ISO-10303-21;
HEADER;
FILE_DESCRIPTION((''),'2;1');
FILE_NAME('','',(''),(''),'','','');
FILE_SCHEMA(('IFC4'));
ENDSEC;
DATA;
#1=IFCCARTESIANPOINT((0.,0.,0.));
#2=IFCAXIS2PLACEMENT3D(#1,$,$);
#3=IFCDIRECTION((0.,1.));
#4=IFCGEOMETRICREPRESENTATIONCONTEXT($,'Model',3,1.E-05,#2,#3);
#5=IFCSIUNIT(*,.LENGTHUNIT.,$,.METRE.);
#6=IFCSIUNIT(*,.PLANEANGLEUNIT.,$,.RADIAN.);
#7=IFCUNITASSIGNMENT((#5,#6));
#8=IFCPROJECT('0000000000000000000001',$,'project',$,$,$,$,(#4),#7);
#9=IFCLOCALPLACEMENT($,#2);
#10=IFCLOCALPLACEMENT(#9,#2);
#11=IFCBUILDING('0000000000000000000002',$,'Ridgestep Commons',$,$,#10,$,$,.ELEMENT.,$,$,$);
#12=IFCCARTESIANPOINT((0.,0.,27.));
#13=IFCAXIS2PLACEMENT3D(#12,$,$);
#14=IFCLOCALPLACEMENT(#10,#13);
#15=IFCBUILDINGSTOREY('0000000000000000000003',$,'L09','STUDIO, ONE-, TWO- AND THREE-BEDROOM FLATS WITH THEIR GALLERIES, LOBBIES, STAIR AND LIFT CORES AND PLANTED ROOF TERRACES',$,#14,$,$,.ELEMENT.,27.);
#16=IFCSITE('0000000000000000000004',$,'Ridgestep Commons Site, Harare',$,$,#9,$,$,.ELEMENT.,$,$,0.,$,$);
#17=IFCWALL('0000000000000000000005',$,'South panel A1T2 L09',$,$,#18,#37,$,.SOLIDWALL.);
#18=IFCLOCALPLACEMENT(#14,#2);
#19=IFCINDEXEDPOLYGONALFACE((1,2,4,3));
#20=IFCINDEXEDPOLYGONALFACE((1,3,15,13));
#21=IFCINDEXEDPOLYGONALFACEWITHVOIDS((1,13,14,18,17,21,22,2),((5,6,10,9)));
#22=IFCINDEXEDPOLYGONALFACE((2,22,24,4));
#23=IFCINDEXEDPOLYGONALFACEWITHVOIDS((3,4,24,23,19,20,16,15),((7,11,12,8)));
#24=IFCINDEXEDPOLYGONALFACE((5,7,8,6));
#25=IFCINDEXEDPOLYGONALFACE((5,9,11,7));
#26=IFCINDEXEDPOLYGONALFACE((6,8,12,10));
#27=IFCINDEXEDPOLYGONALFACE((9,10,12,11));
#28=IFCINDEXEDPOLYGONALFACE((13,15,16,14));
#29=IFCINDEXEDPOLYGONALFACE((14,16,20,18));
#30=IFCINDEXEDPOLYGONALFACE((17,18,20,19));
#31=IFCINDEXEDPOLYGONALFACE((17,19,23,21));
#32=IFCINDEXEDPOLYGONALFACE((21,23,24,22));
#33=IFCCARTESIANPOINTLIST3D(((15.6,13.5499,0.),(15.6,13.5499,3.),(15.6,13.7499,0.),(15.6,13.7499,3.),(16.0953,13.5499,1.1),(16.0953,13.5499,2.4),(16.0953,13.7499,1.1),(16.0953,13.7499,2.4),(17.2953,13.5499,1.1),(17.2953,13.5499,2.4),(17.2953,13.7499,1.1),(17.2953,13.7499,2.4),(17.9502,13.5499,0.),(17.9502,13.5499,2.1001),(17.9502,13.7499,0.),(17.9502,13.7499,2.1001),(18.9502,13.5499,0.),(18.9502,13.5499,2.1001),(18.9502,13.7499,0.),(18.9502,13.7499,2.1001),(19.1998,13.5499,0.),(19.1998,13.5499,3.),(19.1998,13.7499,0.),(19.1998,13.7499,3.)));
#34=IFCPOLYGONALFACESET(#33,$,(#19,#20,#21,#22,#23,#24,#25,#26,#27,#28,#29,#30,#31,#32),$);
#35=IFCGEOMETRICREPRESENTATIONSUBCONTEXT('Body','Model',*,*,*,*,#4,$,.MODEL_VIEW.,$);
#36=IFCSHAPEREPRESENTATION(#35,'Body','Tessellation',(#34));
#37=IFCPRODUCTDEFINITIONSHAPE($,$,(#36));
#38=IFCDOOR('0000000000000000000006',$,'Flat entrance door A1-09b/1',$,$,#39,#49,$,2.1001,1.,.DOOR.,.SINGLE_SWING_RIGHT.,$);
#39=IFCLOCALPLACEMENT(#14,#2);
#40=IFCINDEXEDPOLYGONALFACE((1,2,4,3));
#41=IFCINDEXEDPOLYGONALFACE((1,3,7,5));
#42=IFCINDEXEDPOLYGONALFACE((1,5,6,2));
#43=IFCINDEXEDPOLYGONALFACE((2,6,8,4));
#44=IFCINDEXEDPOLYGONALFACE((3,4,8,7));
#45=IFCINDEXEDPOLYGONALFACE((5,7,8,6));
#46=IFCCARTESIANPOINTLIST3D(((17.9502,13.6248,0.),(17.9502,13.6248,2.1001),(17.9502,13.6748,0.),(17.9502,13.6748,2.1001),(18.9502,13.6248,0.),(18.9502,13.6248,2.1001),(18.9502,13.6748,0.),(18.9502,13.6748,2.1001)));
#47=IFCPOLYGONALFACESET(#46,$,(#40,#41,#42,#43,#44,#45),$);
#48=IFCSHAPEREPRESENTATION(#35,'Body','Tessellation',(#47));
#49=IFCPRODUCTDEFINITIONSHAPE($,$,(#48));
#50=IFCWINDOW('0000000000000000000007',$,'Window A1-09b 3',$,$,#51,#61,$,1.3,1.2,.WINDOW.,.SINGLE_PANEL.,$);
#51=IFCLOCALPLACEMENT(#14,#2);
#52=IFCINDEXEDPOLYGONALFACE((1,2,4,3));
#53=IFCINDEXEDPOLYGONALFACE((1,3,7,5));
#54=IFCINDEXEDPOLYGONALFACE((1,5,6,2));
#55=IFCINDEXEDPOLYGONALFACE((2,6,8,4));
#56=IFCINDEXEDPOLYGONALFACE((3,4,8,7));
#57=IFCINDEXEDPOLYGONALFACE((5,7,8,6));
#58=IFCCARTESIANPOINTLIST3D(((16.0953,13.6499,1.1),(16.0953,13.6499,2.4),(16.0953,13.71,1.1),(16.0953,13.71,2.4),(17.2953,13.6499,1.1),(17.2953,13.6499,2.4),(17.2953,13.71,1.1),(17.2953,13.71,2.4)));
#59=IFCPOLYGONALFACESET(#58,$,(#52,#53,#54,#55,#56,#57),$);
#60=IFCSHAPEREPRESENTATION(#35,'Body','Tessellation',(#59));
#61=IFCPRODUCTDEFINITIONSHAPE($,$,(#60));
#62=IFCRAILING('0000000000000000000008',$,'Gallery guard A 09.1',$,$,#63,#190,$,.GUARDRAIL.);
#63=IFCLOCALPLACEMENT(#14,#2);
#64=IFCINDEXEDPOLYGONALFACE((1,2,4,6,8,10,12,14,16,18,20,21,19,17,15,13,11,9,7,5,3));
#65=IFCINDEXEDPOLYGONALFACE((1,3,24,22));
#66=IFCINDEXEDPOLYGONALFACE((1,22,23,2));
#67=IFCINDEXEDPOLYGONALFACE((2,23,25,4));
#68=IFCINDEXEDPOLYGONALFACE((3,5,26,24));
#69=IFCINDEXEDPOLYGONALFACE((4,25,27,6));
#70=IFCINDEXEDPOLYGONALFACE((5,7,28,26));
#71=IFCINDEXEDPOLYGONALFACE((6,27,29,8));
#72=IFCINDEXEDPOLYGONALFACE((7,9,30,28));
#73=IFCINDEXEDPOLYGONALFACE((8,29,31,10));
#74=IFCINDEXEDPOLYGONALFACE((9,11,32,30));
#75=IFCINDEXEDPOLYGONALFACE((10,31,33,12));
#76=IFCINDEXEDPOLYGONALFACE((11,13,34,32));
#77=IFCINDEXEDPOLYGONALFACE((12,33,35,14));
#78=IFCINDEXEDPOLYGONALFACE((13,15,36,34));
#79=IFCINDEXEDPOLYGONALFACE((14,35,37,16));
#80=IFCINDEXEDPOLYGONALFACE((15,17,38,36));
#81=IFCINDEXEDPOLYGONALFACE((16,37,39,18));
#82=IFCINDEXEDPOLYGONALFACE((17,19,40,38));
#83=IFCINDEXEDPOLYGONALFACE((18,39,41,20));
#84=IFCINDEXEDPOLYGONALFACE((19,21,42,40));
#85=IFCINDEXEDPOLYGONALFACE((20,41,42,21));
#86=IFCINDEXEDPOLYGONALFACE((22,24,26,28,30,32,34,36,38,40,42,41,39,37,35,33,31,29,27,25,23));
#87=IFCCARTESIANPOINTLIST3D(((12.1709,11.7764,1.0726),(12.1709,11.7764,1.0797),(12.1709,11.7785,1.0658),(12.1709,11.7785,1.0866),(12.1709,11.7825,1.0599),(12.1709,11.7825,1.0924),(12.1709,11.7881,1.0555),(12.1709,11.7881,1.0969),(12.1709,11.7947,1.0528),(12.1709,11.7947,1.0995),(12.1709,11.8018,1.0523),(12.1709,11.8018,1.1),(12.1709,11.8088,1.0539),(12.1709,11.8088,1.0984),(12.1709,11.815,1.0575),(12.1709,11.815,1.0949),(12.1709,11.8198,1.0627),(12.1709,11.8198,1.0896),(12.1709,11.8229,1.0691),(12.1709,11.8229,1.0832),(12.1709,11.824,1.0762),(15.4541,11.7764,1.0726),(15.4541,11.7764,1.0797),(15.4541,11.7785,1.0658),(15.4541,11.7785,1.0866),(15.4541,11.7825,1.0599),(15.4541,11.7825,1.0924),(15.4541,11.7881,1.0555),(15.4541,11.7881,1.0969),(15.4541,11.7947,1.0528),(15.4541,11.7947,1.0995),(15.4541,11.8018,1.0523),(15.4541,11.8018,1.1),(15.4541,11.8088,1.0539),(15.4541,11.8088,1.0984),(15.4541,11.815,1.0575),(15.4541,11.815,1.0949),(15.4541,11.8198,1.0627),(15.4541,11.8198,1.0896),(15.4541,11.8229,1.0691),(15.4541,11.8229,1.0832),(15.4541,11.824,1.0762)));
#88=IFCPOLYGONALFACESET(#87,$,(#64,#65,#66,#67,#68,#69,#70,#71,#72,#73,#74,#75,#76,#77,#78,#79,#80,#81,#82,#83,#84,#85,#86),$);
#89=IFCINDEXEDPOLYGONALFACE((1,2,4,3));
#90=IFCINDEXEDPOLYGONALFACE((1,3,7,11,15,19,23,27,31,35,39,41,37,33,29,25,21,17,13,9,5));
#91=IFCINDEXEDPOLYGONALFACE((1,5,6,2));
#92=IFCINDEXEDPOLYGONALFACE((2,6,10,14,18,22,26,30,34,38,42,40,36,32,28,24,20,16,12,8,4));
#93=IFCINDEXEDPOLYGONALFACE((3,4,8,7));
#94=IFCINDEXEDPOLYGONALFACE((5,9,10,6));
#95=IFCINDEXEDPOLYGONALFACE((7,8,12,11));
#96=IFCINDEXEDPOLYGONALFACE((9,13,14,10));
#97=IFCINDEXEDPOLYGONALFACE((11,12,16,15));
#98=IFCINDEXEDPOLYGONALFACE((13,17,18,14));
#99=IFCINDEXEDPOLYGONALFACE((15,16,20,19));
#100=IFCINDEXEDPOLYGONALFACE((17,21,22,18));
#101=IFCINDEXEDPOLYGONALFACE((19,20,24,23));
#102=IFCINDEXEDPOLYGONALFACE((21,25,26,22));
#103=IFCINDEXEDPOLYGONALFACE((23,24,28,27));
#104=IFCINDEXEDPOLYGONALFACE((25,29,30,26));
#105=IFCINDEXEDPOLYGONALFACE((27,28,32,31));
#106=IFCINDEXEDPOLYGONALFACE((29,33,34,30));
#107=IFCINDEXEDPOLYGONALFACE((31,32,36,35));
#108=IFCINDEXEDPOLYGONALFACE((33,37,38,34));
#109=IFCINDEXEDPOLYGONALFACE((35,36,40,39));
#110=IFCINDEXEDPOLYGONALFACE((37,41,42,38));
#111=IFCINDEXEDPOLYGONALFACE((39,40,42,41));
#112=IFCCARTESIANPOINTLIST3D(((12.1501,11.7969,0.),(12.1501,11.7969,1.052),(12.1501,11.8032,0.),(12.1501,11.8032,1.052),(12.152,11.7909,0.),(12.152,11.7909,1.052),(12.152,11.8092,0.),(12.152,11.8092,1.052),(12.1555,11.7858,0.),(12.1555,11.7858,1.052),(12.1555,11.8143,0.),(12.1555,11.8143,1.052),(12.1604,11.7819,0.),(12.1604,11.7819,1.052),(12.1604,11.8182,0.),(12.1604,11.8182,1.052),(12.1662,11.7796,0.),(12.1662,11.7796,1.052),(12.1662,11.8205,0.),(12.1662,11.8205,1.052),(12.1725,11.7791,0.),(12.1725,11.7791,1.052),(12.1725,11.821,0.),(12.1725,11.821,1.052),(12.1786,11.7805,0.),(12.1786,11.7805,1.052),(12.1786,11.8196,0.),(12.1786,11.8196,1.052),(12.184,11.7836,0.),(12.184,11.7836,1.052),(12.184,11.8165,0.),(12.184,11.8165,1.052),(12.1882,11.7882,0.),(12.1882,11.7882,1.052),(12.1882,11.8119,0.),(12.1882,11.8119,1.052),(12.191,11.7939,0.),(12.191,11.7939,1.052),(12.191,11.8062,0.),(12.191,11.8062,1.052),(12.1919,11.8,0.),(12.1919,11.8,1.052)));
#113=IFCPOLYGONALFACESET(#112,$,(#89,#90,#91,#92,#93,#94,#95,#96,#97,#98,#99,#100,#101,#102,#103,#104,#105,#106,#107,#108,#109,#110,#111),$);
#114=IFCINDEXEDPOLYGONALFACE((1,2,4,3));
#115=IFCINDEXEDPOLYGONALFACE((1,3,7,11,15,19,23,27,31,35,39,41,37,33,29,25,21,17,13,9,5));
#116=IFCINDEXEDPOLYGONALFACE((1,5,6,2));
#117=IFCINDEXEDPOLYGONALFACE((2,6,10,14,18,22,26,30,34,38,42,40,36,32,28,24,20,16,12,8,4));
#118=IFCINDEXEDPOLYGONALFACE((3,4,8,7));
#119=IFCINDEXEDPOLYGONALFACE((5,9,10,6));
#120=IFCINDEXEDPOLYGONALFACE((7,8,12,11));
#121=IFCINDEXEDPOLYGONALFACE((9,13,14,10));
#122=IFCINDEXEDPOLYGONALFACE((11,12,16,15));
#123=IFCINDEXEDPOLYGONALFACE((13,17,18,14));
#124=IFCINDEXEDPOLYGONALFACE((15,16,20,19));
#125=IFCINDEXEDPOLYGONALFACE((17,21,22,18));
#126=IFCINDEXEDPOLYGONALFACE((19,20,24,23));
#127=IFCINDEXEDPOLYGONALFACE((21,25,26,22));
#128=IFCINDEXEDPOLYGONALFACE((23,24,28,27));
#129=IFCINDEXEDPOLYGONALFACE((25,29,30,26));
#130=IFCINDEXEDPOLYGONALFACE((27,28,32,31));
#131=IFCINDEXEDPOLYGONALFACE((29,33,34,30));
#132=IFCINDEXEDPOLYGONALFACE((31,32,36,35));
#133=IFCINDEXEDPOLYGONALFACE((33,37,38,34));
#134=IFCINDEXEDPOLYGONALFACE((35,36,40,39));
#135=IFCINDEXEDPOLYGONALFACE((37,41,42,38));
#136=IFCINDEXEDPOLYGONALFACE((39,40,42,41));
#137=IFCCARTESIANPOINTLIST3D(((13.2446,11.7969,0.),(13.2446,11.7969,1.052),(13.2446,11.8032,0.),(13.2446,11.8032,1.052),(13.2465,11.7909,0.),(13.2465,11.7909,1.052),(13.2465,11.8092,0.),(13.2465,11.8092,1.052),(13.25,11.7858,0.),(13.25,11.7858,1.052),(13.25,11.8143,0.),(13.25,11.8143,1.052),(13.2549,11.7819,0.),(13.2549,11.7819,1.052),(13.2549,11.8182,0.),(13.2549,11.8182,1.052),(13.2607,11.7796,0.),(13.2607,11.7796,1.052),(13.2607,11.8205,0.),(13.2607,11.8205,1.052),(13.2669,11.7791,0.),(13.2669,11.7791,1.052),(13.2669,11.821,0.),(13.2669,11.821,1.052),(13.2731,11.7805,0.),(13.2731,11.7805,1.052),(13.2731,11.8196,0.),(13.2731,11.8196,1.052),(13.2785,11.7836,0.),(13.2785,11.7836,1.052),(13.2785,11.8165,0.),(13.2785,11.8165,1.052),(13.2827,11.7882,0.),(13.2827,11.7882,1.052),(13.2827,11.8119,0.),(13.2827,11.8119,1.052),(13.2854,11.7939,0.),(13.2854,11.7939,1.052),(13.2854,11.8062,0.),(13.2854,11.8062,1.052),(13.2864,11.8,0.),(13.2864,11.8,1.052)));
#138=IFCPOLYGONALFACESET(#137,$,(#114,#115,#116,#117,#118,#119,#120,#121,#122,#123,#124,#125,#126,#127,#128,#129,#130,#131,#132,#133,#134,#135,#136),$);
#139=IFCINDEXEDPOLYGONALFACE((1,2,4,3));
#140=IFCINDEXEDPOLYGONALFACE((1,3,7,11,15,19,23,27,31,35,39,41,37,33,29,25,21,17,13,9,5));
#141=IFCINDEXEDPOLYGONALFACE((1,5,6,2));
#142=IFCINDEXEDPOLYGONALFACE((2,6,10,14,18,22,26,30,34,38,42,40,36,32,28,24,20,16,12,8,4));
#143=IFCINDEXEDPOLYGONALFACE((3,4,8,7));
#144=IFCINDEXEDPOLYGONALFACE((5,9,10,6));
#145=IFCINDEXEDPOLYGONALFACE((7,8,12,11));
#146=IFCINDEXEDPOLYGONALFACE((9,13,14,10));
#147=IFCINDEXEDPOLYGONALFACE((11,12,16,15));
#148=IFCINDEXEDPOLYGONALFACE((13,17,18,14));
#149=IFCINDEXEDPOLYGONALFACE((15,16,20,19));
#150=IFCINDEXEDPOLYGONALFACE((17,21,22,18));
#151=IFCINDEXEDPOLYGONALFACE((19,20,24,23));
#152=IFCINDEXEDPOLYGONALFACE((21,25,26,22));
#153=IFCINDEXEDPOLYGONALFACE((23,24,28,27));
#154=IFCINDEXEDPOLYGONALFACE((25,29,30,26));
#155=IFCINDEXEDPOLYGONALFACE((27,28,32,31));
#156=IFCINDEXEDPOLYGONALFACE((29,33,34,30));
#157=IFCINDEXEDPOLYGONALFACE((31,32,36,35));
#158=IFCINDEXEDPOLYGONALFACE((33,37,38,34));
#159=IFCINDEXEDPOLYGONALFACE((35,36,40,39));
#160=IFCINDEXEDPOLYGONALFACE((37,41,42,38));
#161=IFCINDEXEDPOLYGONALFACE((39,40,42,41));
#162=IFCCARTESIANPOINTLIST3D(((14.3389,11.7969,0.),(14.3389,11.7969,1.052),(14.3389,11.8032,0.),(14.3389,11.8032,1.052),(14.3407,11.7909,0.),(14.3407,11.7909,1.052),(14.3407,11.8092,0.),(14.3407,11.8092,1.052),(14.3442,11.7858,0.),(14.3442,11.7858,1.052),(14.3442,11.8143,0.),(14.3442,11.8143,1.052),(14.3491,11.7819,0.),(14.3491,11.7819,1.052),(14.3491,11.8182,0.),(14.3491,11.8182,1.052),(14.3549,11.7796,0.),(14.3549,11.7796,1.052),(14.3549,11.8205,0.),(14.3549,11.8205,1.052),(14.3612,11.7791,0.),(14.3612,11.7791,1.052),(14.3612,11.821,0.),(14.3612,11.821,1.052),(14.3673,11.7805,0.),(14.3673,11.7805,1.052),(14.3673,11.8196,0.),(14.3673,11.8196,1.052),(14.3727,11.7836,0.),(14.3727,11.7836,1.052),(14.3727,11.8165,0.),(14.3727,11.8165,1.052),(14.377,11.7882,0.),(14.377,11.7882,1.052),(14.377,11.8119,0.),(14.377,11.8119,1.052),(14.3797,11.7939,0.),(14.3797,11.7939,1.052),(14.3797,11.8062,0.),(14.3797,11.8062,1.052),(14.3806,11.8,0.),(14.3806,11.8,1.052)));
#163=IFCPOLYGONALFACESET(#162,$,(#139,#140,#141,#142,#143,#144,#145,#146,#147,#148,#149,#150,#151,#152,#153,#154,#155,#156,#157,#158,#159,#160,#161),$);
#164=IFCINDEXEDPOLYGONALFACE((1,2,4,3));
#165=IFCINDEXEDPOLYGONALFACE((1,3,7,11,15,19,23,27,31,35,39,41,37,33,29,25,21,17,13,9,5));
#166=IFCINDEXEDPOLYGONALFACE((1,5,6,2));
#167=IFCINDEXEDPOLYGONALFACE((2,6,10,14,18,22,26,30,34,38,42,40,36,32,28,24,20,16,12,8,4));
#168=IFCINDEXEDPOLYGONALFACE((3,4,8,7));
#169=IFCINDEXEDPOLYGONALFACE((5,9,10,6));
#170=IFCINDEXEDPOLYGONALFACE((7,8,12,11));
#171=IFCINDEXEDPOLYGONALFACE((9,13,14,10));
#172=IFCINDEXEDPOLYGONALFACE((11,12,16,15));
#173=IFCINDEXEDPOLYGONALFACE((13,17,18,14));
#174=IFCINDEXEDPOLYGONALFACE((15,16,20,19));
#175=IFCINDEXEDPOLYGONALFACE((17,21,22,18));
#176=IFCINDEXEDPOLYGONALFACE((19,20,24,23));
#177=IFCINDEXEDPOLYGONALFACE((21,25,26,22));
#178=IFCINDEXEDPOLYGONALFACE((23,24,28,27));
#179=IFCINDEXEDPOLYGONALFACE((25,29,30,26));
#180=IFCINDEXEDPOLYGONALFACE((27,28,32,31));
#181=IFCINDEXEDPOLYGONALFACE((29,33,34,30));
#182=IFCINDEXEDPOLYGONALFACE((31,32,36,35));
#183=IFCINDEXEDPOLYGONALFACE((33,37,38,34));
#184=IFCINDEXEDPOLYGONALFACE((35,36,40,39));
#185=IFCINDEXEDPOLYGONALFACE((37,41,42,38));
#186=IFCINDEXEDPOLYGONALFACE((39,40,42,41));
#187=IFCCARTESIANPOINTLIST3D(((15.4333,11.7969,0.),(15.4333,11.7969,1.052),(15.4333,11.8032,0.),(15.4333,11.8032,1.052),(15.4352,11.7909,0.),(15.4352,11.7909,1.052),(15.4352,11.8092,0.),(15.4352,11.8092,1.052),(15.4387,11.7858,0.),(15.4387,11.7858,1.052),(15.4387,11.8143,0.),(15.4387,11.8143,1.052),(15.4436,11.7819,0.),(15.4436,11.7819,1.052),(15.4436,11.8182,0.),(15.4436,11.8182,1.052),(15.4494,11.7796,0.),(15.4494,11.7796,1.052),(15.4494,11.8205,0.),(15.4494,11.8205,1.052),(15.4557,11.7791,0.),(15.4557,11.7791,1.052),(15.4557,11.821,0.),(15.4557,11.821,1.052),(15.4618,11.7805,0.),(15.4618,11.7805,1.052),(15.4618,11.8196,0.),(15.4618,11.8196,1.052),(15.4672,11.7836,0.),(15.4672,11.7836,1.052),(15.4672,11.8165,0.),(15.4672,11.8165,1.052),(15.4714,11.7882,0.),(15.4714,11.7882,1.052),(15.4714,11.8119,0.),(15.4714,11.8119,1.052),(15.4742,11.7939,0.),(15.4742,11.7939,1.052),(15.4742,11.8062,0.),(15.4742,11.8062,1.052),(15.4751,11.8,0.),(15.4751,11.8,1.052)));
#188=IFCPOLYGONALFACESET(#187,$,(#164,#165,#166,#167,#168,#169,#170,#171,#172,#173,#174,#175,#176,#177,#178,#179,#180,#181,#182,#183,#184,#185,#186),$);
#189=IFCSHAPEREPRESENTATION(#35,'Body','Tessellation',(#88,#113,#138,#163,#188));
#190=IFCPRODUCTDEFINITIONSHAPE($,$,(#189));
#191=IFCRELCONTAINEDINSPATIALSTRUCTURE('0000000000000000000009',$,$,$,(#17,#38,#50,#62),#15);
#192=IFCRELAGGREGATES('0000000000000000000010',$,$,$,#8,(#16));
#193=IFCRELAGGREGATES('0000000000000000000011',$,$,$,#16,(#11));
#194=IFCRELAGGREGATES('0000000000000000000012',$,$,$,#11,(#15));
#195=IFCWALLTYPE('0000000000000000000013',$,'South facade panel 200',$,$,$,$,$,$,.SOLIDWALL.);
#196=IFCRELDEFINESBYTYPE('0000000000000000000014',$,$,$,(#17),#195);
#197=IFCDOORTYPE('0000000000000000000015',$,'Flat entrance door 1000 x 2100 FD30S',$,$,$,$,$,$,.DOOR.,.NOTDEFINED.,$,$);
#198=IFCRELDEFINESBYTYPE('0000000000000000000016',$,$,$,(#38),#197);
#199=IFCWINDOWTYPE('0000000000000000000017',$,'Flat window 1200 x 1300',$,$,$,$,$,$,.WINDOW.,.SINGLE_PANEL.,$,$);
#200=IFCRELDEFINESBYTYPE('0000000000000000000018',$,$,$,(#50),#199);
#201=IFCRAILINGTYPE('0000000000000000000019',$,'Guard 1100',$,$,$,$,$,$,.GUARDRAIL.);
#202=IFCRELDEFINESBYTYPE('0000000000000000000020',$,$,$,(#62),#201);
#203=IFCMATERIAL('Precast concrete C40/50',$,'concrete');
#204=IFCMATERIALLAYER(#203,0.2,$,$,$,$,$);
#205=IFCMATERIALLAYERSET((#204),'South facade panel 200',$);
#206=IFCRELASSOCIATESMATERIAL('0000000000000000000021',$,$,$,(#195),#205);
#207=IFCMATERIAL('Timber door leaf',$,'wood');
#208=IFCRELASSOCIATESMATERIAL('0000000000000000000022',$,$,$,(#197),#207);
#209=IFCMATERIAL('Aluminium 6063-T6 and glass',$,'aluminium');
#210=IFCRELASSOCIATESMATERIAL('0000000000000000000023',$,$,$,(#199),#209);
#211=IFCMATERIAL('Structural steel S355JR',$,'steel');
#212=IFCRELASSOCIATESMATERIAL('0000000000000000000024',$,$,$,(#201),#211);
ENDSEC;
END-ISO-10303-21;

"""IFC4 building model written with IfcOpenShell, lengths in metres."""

from ifc_helpers import new_model, si_unit, direction, frame, frame_2d, origin, origin_2d, place, context, subcontext, project, spatial, rectangle, circle, extrude, material, layer, layer_set, type_object, element, fill, save


model = new_model("IFC4")

# Units and contexts
model_context = context("Model", 3, precision=1e-05, world=origin(), true_north=direction((0.0, 1.0)))
body_context = subcontext(model_context, "Body", "Model", "MODEL_VIEW")
ifc_project = project(units=[si_unit("LENGTHUNIT", "METRE"), si_unit("PLANEANGLEUNIT", "RADIAN")], contexts=[model_context])

# Site, building, storey
site_placement = place(None, origin())
site = spatial("IfcSite", under=ifc_project, at=site_placement, Name="Ridgestep Commons Site, Harare", CompositionType="ELEMENT", RefElevation=0.0)
building_placement = place(site_placement, origin())
building = spatial("IfcBuilding", under=site, at=building_placement, Name="Ridgestep Commons", CompositionType="ELEMENT")
storey_placement = place(building_placement, frame((0.0, 0.0, 27.0)))
storey = spatial("IfcBuildingStorey", under=building, at=storey_placement, Name="L09", Description="STUDIO, ONE-, TWO- AND THREE-BEDROOM FLATS WITH THEIR GALLERIES, LOBBIES, STAIR AND LIFT CORES AND PLANTED ROOF TERRACES", CompositionType="ELEMENT", Elevation=27.0)

# Wall, openings, door, window
ifc_material_1 = material(Name="Precast concrete C40/50", Category="concrete")
ifc_layer_1 = layer(ifc_material_1, 0.2)
ifc_layer_set_1 = layer_set([ifc_layer_1], Name="South facade panel 200")
wall_type_1 = type_object("IfcWallType", Name="South facade panel 200", PredefinedType="SOLIDWALL", material=ifc_layer_set_1)
wall_1_placement = place(storey_placement, frame((15.6001, 13.6499, 0.0), z_axis=(0.0, 0.0, 1.0), x_axis=(1.0, 0.0, 0.0)))
wall_1 = element("IfcWall", 1, at=wall_1_placement, inside=storey, type_object=wall_type_1, Name="South panel A1T2 L09", PredefinedType="SOLIDWALL", context=body_context, shape_type="SweptSolid", body=[
    extrude(rectangle(XDim=3.5999, YDim=0.2, at=frame_2d((1.7998, 0.0))), origin(), (0.0, 0.0, 1.0), 3.0),
])
opening_1_placement = place(wall_1_placement, frame((0.4951, 0.0, 1.1001)))
opening_1 = element("IfcOpeningElement", 2, at=opening_1_placement, cuts=wall_1, PredefinedType="OPENING", context=body_context, shape_type="SweptSolid", body=[
    extrude(rectangle(XDim=1.2, YDim=1.3, at=frame_2d((0.6001, 0.6499))), frame((0.0, 0.1099, 0.0), z_axis=(0.0, -1.0, 0.0), x_axis=(1.0, 0.0, 0.0)), (0.0, 0.0, 1.0), 0.22),
])
opening_2_placement = place(wall_1_placement, frame((2.3501, 0.0, 0.0)))
opening_2 = element("IfcOpeningElement", 3, at=opening_2_placement, cuts=wall_1, PredefinedType="OPENING", context=body_context, shape_type="SweptSolid", body=[
    extrude(rectangle(XDim=1.0, YDim=2.1001, at=frame_2d((0.5, 1.05))), frame((0.0, 0.1099, 0.0), z_axis=(0.0, -1.0, 0.0), x_axis=(1.0, 0.0, 0.0)), (0.0, 0.0, 1.0), 0.22),
])
ifc_material_2 = material(Name="Timber door leaf", Category="wood")
door_type_1 = type_object("IfcDoorType", Name="Flat entrance door 1000 x 2100 FD30S", OperationType="NOTDEFINED", PredefinedType="DOOR", material=ifc_material_2)
door_1_placement = place(opening_2_placement, origin())
door_1 = element("IfcDoor", 4, at=door_1_placement, inside=storey, type_object=door_type_1, Name="Flat entrance door A1-09b/1", OperationType="SINGLE_SWING_RIGHT", OverallHeight=2.1001, OverallWidth=1.0, PredefinedType="DOOR", context=body_context, shape_type="SweptSolid", body=[
    extrude(rectangle(XDim=1.0, YDim=2.1001, at=frame_2d((0.5, 1.05))), frame((0.0, 0.0249, 0.0), z_axis=(0.0, -1.0, 0.0), x_axis=(1.0, 0.0, 0.0)), (0.0, 0.0, 1.0), 0.05),
])
fill(opening_2, door_1)
ifc_material_3 = material(Name="Aluminium 6063-T6 and glass", Category="aluminium")
window_type = type_object("IfcWindowType", Name="Flat window 1200 x 1300", PartitioningType="SINGLE_PANEL", PredefinedType="WINDOW", material=ifc_material_3)
window_placement = place(opening_1_placement, origin())
window = element("IfcWindow", 5, at=window_placement, inside=storey, type_object=window_type, Name="Window A1-09b 3", OverallHeight=1.3, OverallWidth=1.2, PartitioningType="SINGLE_PANEL", PredefinedType="WINDOW", context=body_context, shape_type="SweptSolid", body=[
    extrude(rectangle(XDim=1.2, YDim=1.3, at=frame_2d((0.6001, 0.6499))), frame((0.0, 0.0601, 0.0), z_axis=(0.0, -1.0, 0.0), x_axis=(1.0, 0.0, 0.0)), (0.0, 0.0, 1.0), 0.0601),
])
fill(opening_1, window)

# Railing
ifc_material_4 = material(Name="Structural steel S355JR", Category="steel")
railing_type = type_object("IfcRailingType", Name="Guard 1100", PredefinedType="GUARDRAIL", material=ifc_material_4)
railing_placement = place(storey_placement, frame((12.1709, 11.8, 0.0)))
element("IfcRailing", 6, at=railing_placement, inside=storey, type_object=railing_type, Name="Gallery guard A 09.1", PredefinedType="GUARDRAIL", context=body_context, shape_type="SweptSolid", body=[
    extrude(circle(Radius=0.0239, at=origin_2d()), frame((0.0, 0.0, 1.0762), z_axis=(1.0, 0.0, 0.0), x_axis=(0.0, 1.0, 0.0)), (0.0, 0.0, 1.0), 3.2832),
    extrude(circle(Radius=0.021, at=origin_2d()), origin(), (0.0, 0.0, 1.0), 1.052),
    extrude(circle(Radius=0.021, at=origin_2d()), frame((1.0945, 0.0, 0.0)), (0.0, 0.0, 1.0), 1.052),
    extrude(circle(Radius=0.021, at=origin_2d()), frame((2.1887, 0.0, 0.0)), (0.0, 0.0, 1.0), 1.052),
    extrude(circle(Radius=0.021, at=origin_2d()), frame((3.2832, 0.0, 0.0)), (0.0, 0.0, 1.0), 1.052),
])

save(model, "model.ifc")
